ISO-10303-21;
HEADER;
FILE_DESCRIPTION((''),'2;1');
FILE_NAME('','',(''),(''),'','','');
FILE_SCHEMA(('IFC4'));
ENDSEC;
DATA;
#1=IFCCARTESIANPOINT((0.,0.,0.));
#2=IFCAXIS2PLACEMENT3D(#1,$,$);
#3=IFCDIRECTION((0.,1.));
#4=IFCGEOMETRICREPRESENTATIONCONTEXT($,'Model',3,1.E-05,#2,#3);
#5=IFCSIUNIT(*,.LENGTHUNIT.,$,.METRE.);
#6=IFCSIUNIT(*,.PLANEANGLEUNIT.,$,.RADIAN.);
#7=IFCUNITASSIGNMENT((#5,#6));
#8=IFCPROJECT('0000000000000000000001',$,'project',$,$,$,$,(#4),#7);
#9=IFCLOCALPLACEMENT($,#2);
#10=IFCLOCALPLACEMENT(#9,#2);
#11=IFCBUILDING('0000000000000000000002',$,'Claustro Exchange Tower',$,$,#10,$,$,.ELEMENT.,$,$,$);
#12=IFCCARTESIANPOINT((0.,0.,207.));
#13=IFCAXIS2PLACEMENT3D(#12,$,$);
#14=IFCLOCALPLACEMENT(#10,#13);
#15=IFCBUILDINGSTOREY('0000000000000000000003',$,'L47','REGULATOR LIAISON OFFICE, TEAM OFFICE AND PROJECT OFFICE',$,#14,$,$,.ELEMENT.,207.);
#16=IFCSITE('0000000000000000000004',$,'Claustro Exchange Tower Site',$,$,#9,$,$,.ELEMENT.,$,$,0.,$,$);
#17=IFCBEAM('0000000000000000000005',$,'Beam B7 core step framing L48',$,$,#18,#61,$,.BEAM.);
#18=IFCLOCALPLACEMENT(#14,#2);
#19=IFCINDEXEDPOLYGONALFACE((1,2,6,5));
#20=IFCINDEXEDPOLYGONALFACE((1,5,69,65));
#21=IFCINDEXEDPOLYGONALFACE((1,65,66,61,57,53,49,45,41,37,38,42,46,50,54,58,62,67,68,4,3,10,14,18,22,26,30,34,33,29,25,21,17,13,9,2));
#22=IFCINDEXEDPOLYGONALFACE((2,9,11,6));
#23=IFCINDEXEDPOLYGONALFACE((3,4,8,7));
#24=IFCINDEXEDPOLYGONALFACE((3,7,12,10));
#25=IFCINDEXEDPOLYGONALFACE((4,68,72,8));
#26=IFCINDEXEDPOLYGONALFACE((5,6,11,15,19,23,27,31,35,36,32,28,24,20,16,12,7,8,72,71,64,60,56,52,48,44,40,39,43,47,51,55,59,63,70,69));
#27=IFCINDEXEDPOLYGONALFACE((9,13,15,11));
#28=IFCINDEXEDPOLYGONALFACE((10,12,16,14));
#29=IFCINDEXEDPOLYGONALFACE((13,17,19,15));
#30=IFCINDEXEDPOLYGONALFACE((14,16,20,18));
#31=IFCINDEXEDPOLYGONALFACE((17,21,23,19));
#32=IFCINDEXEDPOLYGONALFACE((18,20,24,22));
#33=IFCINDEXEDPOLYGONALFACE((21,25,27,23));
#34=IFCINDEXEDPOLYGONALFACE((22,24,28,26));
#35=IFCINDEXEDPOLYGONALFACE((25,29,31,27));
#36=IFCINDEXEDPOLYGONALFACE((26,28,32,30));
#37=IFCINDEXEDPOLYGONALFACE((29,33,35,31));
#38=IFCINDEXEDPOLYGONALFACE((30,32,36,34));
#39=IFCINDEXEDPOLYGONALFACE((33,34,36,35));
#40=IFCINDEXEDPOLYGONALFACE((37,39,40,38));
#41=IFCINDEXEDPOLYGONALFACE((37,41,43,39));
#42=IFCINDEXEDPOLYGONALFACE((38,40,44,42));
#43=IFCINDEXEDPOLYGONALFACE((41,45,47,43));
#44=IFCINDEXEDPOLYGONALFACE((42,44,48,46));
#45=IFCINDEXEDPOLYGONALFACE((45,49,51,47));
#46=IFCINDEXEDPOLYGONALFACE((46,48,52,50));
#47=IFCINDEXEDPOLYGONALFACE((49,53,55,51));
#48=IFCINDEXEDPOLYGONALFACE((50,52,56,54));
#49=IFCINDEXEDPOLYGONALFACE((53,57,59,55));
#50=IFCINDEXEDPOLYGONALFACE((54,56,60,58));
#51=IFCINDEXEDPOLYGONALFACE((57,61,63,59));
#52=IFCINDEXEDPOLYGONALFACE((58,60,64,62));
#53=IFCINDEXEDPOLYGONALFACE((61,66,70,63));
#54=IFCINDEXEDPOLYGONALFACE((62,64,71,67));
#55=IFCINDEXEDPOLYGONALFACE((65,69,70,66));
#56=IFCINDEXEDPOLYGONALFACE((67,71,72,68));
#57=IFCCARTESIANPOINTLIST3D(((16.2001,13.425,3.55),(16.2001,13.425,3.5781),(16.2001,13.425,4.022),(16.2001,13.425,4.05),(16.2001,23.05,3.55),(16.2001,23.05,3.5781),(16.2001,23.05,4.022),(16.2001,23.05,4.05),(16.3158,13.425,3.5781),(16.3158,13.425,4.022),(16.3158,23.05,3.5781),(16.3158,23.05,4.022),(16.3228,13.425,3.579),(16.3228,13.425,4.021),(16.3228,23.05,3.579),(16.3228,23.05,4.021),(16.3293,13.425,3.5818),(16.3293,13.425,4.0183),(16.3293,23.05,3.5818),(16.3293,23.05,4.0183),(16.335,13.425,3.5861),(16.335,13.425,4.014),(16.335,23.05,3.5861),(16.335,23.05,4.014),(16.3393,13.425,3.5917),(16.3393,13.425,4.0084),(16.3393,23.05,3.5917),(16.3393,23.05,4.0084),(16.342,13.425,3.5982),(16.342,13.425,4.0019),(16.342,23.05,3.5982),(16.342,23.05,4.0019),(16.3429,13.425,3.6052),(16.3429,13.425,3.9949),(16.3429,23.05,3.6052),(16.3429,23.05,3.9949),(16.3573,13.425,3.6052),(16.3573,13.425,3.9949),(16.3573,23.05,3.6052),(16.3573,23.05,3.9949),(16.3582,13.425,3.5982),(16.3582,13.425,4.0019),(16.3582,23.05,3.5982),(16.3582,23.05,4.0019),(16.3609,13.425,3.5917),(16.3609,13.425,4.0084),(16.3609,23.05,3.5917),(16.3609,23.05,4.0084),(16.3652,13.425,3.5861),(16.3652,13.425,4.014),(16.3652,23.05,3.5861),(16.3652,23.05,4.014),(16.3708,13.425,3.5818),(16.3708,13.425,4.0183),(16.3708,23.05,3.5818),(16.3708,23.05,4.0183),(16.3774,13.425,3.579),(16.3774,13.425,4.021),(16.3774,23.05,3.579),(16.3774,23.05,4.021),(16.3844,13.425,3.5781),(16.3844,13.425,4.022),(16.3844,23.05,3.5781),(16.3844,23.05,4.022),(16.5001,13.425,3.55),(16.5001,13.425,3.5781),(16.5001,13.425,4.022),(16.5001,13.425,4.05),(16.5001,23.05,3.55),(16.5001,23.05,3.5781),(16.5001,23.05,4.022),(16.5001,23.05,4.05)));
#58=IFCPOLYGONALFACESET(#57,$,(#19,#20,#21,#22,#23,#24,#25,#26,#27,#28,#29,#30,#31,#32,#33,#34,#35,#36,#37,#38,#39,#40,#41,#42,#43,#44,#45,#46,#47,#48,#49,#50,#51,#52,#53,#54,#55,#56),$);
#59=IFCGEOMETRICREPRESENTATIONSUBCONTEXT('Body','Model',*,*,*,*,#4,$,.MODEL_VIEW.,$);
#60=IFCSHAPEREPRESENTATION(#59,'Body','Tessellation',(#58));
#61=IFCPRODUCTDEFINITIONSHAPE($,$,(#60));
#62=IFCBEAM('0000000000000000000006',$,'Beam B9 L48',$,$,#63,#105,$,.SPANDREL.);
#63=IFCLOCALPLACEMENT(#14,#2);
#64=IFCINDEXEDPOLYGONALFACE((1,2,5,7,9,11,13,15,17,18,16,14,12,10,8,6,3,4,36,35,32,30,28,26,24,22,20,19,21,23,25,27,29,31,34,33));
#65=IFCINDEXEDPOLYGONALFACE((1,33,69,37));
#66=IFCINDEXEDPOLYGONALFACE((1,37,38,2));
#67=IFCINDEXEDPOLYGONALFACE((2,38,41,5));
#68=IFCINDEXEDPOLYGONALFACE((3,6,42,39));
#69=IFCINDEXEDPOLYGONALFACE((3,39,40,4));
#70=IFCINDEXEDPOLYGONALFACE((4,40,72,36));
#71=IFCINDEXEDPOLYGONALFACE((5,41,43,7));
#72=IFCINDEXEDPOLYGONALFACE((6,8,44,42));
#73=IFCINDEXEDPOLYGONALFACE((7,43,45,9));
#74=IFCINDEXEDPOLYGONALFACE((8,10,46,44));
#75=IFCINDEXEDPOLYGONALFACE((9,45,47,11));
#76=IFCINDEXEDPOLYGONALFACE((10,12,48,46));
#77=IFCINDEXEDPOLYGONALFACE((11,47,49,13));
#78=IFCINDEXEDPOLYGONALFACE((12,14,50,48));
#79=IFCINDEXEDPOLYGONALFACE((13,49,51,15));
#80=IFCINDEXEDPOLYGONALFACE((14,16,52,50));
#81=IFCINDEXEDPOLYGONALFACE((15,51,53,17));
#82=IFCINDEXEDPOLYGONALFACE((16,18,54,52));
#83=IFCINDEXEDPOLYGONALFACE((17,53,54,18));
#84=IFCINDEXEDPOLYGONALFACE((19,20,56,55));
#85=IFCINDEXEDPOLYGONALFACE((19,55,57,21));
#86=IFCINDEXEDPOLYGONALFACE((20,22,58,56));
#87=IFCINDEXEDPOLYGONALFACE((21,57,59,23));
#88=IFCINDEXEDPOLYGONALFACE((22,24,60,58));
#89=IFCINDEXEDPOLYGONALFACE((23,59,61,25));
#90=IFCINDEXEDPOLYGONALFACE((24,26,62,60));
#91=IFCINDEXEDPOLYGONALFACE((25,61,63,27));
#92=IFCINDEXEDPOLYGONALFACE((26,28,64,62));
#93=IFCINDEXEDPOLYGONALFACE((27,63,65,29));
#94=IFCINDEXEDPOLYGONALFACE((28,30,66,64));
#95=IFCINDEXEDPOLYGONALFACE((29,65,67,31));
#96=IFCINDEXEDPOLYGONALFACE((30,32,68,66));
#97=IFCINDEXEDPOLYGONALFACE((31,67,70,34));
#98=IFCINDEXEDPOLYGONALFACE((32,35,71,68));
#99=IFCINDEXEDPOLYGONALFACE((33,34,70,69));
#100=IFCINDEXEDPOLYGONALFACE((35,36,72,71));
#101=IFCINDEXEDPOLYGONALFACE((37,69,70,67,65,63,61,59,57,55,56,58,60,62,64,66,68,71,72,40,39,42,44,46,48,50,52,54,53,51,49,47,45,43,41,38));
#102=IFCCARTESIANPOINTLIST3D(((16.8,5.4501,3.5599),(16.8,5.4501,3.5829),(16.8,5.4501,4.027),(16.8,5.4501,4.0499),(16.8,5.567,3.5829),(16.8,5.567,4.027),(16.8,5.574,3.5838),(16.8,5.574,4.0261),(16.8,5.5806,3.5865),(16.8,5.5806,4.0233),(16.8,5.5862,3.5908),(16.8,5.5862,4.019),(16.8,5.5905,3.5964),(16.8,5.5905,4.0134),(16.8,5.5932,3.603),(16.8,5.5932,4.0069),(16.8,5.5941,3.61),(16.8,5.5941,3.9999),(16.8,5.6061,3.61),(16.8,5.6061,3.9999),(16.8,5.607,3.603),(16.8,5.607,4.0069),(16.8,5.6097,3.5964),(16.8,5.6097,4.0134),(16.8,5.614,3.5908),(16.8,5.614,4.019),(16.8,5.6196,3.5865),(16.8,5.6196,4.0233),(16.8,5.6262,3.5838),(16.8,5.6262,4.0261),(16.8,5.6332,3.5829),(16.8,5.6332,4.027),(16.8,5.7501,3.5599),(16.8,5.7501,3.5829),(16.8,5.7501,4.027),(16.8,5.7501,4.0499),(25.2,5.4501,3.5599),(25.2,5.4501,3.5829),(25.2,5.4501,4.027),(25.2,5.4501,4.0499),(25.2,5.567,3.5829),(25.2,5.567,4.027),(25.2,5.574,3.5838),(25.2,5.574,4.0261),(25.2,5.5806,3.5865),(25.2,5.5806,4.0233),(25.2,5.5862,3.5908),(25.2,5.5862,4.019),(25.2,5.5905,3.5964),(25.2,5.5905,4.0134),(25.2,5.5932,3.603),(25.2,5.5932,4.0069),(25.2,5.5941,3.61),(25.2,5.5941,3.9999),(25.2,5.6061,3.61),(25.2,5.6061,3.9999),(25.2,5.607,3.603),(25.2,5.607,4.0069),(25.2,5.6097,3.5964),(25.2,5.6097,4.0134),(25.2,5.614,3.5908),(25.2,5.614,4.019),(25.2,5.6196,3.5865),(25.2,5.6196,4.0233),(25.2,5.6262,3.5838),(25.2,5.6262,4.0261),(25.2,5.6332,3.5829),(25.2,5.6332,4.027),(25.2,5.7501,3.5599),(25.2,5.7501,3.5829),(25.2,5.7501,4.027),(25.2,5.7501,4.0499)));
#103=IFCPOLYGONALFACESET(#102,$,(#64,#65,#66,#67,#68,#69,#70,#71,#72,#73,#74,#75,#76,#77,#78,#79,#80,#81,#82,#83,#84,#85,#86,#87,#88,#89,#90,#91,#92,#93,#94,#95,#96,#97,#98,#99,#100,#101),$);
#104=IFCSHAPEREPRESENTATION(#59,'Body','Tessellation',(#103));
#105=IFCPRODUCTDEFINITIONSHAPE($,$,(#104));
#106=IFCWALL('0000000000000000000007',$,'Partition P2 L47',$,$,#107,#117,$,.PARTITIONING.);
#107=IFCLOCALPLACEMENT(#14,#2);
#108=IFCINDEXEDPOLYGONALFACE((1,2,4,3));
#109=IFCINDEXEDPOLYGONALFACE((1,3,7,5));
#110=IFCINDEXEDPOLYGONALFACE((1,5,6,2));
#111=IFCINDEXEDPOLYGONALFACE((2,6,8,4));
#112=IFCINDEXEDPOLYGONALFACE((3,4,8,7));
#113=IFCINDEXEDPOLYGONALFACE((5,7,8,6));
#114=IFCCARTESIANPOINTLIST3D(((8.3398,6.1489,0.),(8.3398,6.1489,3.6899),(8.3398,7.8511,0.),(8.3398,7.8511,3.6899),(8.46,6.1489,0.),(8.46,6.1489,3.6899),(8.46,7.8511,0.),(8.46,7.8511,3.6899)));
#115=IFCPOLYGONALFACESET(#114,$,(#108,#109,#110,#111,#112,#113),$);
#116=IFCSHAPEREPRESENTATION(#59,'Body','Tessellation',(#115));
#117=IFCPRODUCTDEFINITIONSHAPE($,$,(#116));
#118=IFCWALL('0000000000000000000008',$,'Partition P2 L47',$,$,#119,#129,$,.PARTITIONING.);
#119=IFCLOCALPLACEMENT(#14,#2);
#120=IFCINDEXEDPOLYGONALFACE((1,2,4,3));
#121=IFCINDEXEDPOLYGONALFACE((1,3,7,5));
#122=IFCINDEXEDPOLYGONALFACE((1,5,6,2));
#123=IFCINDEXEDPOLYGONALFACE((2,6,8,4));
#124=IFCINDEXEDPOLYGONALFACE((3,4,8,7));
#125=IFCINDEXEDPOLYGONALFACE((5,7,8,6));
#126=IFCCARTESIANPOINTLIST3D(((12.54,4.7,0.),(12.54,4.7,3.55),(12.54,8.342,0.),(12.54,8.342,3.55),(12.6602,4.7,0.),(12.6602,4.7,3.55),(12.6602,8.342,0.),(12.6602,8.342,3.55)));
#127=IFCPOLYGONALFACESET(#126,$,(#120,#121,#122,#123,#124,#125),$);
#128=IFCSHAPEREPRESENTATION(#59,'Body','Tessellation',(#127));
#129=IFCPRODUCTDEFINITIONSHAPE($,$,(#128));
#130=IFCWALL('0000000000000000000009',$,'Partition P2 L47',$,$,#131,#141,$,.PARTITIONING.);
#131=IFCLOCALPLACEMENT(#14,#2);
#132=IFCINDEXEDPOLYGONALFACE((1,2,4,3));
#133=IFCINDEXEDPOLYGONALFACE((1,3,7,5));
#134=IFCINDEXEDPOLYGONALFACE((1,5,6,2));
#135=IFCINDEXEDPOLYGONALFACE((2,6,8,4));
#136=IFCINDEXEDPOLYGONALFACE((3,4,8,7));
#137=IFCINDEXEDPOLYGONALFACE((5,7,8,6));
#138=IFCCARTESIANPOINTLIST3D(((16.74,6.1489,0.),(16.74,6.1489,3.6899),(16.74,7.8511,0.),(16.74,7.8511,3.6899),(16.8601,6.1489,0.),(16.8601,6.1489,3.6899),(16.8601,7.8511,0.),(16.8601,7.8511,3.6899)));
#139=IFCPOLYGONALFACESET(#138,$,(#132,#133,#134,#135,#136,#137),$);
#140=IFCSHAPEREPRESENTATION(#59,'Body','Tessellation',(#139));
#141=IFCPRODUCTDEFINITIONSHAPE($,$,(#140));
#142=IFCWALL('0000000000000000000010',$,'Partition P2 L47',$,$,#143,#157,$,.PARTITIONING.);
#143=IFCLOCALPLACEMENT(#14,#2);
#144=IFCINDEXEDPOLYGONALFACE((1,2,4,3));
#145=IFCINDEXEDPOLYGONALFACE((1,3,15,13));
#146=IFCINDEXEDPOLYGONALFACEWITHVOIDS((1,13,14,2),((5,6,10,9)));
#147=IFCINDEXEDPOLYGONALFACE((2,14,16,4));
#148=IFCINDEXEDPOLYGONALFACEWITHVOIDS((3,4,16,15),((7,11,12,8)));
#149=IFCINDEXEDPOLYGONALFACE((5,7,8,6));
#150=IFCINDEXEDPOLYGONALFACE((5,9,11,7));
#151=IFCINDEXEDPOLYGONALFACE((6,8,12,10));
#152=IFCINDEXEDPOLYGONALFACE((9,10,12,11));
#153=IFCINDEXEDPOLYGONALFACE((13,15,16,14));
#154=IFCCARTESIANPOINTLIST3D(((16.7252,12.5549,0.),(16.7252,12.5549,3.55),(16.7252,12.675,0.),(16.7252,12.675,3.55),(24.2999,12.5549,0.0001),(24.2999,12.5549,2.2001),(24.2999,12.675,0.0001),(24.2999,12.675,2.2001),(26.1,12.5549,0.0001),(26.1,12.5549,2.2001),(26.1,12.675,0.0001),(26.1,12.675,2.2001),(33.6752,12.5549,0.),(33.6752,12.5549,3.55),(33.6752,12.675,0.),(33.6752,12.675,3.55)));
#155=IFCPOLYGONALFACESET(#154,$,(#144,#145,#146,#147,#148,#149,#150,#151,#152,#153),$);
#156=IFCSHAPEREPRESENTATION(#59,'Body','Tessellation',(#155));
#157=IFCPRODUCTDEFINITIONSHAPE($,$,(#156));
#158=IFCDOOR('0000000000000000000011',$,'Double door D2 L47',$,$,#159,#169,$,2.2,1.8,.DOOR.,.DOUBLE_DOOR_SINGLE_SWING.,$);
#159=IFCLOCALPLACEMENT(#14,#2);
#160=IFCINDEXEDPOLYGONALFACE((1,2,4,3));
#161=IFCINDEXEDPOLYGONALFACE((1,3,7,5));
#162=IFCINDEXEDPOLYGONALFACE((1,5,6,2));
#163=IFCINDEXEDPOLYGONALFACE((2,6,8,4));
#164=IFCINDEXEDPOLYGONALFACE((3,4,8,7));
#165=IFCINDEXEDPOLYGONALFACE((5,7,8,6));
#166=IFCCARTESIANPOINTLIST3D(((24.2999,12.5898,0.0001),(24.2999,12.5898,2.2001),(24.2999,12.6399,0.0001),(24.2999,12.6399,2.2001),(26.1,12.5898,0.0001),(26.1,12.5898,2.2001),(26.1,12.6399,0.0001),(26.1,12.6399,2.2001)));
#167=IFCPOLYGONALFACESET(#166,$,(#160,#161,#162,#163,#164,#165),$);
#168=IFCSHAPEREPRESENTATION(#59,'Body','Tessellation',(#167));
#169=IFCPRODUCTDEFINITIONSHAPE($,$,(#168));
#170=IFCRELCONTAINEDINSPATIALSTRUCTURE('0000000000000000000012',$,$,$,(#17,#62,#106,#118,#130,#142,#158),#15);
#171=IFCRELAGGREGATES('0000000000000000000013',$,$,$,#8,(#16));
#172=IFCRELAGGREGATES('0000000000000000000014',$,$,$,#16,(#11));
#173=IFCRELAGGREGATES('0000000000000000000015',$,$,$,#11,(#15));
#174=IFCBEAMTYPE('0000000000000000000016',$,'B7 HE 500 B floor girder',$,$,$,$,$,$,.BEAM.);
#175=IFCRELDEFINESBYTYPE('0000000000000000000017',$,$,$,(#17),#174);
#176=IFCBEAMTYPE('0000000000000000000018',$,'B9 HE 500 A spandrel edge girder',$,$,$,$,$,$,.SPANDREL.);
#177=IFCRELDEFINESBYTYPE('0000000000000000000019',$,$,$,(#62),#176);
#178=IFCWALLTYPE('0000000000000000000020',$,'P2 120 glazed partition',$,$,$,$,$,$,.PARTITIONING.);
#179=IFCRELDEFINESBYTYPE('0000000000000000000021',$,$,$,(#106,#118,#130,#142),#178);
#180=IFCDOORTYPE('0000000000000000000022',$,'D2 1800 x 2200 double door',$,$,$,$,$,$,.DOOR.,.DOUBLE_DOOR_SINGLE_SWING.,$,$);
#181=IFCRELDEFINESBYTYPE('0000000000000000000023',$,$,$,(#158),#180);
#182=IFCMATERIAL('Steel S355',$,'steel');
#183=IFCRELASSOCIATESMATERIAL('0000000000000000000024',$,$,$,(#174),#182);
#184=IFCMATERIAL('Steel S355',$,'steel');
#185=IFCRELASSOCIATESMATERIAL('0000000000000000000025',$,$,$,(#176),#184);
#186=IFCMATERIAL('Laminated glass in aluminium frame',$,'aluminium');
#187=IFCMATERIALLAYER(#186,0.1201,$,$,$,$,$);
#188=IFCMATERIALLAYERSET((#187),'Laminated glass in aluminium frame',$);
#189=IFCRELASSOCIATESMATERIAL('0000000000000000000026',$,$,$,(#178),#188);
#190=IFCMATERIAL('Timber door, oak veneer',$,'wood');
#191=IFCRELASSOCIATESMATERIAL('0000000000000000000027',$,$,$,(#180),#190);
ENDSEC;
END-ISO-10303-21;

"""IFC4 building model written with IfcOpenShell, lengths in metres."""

from ifc_helpers import new_model, si_unit, direction, frame, frame_2d, origin, origin_2d, place, context, subcontext, project, spatial, rectangle, i_section, extrude, material, layer, layer_set, material_profile, profile_set, type_object, element, fill, save


model = new_model("IFC4")

# Units and contexts
model_context = context("Model", 3, precision=1e-05, world=origin(), true_north=direction((0.0, 1.0)))
body_context = subcontext(model_context, "Body", "Model", "MODEL_VIEW")
ifc_project = project(units=[si_unit("LENGTHUNIT", "METRE"), si_unit("PLANEANGLEUNIT", "RADIAN")], contexts=[model_context])

# Site, building, storey
site_placement = place(None, origin())
site = spatial("IfcSite", under=ifc_project, at=site_placement, Name="Claustro Exchange Tower Site", CompositionType="ELEMENT", RefElevation=0.0)
building_placement = place(site_placement, origin())
building = spatial("IfcBuilding", under=site, at=building_placement, Name="Claustro Exchange Tower", CompositionType="ELEMENT")
storey_placement = place(building_placement, frame((0.0, 0.0, 207.0)))
storey = spatial("IfcBuildingStorey", under=building, at=storey_placement, Name="L47", Description="REGULATOR LIAISON OFFICE, TEAM OFFICE AND PROJECT OFFICE", CompositionType="ELEMENT", Elevation=207.0)

# Beams
ifc_material_1 = material(Name="Steel S355", Category="steel")
ifc_material_profile_1 = material_profile(ifc_material_1, i_section(OverallWidth=0.3, OverallDepth=0.5, WebThickness=0.0144, FlangeThickness=0.0281, FilletRadius=0.0271, at=origin_2d()), Name="HE 500 B")
ifc_profile_set_1 = profile_set([ifc_material_profile_1], Name="Steel S355")
beam_type_1 = type_object("IfcBeamType", Name="B7 HE 500 B floor girder", PredefinedType="BEAM", material=ifc_profile_set_1)
beam_1_placement = place(storey_placement, frame((16.3501, 13.425, 3.8), z_axis=(0.0, 1.0, 0.0), x_axis=(-1.0, 0.0, 0.0)))
element("IfcBeam", 1, at=beam_1_placement, inside=storey, type_object=beam_type_1, Name="Beam B7 core step framing L48", PredefinedType="BEAM", context=body_context, shape_type="SweptSolid", body=[
    extrude(i_section(OverallWidth=0.3, OverallDepth=0.5, WebThickness=0.0144, FlangeThickness=0.0281, FilletRadius=0.0271, at=origin_2d()), origin(), (0.0, 0.0, 1.0), 9.625),
])
ifc_material_2 = material(Name="Steel S355", Category="steel")
ifc_material_profile_2 = material_profile(ifc_material_2, i_section(OverallWidth=0.3, OverallDepth=0.49, WebThickness=0.012, FlangeThickness=0.0229, FilletRadius=0.0271, at=origin_2d()), Name="HE 500 A")
ifc_profile_set_2 = profile_set([ifc_material_profile_2], Name="Steel S355")
beam_type_2 = type_object("IfcBeamType", Name="B9 HE 500 A spandrel edge girder", PredefinedType="SPANDREL", material=ifc_profile_set_2)
beam_2_placement = place(storey_placement, frame((16.8, 5.6001, 3.8049), z_axis=(1.0, 0.0, 0.0), x_axis=(0.0, 1.0, 0.0)))
element("IfcBeam", 2, at=beam_2_placement, inside=storey, type_object=beam_type_2, Name="Beam B9 L48", PredefinedType="SPANDREL", context=body_context, shape_type="SweptSolid", body=[
    extrude(i_section(OverallWidth=0.3, OverallDepth=0.49, WebThickness=0.012, FlangeThickness=0.0229, FilletRadius=0.0271, at=origin_2d()), origin(), (0.0, 0.0, 1.0), 8.3999),
])

# Shared definitions
ifc_material_3 = material(Name="Laminated glass in aluminium frame", Category="aluminium")
ifc_layer_1 = layer(ifc_material_3, 0.1201)
ifc_layer_set_1 = layer_set([ifc_layer_1], Name="Laminated glass in aluminium frame")
wall_type_1 = type_object("IfcWallType", Name="P2 120 glazed partition", PredefinedType="PARTITIONING", material=ifc_layer_set_1)

# Walls
wall_1_placement = place(storey_placement, frame((8.3999, 6.1489, 0.0), z_axis=(0.0, 0.0, 1.0), x_axis=(0.0, 1.0, 0.0)))
element("IfcWall", 3, at=wall_1_placement, inside=storey, type_object=wall_type_1, Name="Partition P2 L47", PredefinedType="PARTITIONING", context=body_context, shape_type="SweptSolid", body=[
    extrude(rectangle(XDim=1.7021, YDim=0.1201, at=frame_2d((0.8511, 0.0))), origin(), (0.0, 0.0, 1.0), 3.6899),
])
wall_2_placement = place(storey_placement, frame((12.6001, 4.7, 0.0), z_axis=(0.0, 0.0, 1.0), x_axis=(0.0, 1.0, 0.0)))
element("IfcWall", 4, at=wall_2_placement, inside=storey, type_object=wall_type_1, Name="Partition P2 L47", PredefinedType="PARTITIONING", context=body_context, shape_type="SweptSolid", body=[
    extrude(rectangle(XDim=3.6421, YDim=0.1201, at=frame_2d((1.821, 0.0))), origin(), (0.0, 0.0, 1.0), 3.55),
])
wall_3_placement = place(storey_placement, frame((16.8, 6.1489, 0.0), z_axis=(0.0, 0.0, 1.0), x_axis=(0.0, 1.0, 0.0)))
element("IfcWall", 5, at=wall_3_placement, inside=storey, type_object=wall_type_1, Name="Partition P2 L47", PredefinedType="PARTITIONING", context=body_context, shape_type="SweptSolid", body=[
    extrude(rectangle(XDim=1.7021, YDim=0.1201, at=frame_2d((0.8511, 0.0))), origin(), (0.0, 0.0, 1.0), 3.6899),
])

# Wall, opening, door
wall_4_placement = place(storey_placement, frame((16.7251, 12.615, 0.0), z_axis=(0.0, 0.0, 1.0), x_axis=(1.0, 0.0, 0.0)))
wall_4 = element("IfcWall", 6, at=wall_4_placement, inside=storey, type_object=wall_type_1, Name="Partition P2 L47", PredefinedType="PARTITIONING", context=body_context, shape_type="SweptSolid", body=[
    extrude(rectangle(XDim=16.95, YDim=0.1201, at=frame_2d((8.4751, 0.0))), origin(), (0.0, 0.0, 1.0), 3.55),
])
opening_1_placement = place(wall_4_placement, frame((7.575, 0.0, 0.0)))
opening_1 = element("IfcOpeningElement", 7, at=opening_1_placement, cuts=wall_4, PredefinedType="OPENING", context=body_context, shape_type="SweptSolid", body=[
    extrude(rectangle(XDim=1.8, YDim=2.2, at=frame_2d((0.8999, 1.1001))), frame((0.0, 0.0701, 0.0), z_axis=(0.0, -1.0, 0.0), x_axis=(1.0, 0.0, 0.0)), (0.0, 0.0, 1.0), 0.1401),
])
ifc_material_4 = material(Name="Timber door, oak veneer", Category="wood")
door_type_1 = type_object("IfcDoorType", Name="D2 1800 x 2200 double door", OperationType="DOUBLE_DOOR_SINGLE_SWING", PredefinedType="DOOR", material=ifc_material_4)
door_1_placement = place(opening_1_placement, origin())
door_1 = element("IfcDoor", 8, at=door_1_placement, inside=storey, type_object=door_type_1, Name="Double door D2 L47", OperationType="DOUBLE_DOOR_SINGLE_SWING", OverallHeight=2.2, OverallWidth=1.8, PredefinedType="DOOR", context=body_context, shape_type="SweptSolid", body=[
    extrude(rectangle(XDim=1.8, YDim=2.2, at=frame_2d((0.8999, 1.1001))), frame((0.0, 0.0249, 0.0), z_axis=(0.0, -1.0, 0.0), x_axis=(1.0, 0.0, 0.0)), (0.0, 0.0, 1.0), 0.05),
])
fill(opening_1, door_1)

save(model, "model.ifc")
